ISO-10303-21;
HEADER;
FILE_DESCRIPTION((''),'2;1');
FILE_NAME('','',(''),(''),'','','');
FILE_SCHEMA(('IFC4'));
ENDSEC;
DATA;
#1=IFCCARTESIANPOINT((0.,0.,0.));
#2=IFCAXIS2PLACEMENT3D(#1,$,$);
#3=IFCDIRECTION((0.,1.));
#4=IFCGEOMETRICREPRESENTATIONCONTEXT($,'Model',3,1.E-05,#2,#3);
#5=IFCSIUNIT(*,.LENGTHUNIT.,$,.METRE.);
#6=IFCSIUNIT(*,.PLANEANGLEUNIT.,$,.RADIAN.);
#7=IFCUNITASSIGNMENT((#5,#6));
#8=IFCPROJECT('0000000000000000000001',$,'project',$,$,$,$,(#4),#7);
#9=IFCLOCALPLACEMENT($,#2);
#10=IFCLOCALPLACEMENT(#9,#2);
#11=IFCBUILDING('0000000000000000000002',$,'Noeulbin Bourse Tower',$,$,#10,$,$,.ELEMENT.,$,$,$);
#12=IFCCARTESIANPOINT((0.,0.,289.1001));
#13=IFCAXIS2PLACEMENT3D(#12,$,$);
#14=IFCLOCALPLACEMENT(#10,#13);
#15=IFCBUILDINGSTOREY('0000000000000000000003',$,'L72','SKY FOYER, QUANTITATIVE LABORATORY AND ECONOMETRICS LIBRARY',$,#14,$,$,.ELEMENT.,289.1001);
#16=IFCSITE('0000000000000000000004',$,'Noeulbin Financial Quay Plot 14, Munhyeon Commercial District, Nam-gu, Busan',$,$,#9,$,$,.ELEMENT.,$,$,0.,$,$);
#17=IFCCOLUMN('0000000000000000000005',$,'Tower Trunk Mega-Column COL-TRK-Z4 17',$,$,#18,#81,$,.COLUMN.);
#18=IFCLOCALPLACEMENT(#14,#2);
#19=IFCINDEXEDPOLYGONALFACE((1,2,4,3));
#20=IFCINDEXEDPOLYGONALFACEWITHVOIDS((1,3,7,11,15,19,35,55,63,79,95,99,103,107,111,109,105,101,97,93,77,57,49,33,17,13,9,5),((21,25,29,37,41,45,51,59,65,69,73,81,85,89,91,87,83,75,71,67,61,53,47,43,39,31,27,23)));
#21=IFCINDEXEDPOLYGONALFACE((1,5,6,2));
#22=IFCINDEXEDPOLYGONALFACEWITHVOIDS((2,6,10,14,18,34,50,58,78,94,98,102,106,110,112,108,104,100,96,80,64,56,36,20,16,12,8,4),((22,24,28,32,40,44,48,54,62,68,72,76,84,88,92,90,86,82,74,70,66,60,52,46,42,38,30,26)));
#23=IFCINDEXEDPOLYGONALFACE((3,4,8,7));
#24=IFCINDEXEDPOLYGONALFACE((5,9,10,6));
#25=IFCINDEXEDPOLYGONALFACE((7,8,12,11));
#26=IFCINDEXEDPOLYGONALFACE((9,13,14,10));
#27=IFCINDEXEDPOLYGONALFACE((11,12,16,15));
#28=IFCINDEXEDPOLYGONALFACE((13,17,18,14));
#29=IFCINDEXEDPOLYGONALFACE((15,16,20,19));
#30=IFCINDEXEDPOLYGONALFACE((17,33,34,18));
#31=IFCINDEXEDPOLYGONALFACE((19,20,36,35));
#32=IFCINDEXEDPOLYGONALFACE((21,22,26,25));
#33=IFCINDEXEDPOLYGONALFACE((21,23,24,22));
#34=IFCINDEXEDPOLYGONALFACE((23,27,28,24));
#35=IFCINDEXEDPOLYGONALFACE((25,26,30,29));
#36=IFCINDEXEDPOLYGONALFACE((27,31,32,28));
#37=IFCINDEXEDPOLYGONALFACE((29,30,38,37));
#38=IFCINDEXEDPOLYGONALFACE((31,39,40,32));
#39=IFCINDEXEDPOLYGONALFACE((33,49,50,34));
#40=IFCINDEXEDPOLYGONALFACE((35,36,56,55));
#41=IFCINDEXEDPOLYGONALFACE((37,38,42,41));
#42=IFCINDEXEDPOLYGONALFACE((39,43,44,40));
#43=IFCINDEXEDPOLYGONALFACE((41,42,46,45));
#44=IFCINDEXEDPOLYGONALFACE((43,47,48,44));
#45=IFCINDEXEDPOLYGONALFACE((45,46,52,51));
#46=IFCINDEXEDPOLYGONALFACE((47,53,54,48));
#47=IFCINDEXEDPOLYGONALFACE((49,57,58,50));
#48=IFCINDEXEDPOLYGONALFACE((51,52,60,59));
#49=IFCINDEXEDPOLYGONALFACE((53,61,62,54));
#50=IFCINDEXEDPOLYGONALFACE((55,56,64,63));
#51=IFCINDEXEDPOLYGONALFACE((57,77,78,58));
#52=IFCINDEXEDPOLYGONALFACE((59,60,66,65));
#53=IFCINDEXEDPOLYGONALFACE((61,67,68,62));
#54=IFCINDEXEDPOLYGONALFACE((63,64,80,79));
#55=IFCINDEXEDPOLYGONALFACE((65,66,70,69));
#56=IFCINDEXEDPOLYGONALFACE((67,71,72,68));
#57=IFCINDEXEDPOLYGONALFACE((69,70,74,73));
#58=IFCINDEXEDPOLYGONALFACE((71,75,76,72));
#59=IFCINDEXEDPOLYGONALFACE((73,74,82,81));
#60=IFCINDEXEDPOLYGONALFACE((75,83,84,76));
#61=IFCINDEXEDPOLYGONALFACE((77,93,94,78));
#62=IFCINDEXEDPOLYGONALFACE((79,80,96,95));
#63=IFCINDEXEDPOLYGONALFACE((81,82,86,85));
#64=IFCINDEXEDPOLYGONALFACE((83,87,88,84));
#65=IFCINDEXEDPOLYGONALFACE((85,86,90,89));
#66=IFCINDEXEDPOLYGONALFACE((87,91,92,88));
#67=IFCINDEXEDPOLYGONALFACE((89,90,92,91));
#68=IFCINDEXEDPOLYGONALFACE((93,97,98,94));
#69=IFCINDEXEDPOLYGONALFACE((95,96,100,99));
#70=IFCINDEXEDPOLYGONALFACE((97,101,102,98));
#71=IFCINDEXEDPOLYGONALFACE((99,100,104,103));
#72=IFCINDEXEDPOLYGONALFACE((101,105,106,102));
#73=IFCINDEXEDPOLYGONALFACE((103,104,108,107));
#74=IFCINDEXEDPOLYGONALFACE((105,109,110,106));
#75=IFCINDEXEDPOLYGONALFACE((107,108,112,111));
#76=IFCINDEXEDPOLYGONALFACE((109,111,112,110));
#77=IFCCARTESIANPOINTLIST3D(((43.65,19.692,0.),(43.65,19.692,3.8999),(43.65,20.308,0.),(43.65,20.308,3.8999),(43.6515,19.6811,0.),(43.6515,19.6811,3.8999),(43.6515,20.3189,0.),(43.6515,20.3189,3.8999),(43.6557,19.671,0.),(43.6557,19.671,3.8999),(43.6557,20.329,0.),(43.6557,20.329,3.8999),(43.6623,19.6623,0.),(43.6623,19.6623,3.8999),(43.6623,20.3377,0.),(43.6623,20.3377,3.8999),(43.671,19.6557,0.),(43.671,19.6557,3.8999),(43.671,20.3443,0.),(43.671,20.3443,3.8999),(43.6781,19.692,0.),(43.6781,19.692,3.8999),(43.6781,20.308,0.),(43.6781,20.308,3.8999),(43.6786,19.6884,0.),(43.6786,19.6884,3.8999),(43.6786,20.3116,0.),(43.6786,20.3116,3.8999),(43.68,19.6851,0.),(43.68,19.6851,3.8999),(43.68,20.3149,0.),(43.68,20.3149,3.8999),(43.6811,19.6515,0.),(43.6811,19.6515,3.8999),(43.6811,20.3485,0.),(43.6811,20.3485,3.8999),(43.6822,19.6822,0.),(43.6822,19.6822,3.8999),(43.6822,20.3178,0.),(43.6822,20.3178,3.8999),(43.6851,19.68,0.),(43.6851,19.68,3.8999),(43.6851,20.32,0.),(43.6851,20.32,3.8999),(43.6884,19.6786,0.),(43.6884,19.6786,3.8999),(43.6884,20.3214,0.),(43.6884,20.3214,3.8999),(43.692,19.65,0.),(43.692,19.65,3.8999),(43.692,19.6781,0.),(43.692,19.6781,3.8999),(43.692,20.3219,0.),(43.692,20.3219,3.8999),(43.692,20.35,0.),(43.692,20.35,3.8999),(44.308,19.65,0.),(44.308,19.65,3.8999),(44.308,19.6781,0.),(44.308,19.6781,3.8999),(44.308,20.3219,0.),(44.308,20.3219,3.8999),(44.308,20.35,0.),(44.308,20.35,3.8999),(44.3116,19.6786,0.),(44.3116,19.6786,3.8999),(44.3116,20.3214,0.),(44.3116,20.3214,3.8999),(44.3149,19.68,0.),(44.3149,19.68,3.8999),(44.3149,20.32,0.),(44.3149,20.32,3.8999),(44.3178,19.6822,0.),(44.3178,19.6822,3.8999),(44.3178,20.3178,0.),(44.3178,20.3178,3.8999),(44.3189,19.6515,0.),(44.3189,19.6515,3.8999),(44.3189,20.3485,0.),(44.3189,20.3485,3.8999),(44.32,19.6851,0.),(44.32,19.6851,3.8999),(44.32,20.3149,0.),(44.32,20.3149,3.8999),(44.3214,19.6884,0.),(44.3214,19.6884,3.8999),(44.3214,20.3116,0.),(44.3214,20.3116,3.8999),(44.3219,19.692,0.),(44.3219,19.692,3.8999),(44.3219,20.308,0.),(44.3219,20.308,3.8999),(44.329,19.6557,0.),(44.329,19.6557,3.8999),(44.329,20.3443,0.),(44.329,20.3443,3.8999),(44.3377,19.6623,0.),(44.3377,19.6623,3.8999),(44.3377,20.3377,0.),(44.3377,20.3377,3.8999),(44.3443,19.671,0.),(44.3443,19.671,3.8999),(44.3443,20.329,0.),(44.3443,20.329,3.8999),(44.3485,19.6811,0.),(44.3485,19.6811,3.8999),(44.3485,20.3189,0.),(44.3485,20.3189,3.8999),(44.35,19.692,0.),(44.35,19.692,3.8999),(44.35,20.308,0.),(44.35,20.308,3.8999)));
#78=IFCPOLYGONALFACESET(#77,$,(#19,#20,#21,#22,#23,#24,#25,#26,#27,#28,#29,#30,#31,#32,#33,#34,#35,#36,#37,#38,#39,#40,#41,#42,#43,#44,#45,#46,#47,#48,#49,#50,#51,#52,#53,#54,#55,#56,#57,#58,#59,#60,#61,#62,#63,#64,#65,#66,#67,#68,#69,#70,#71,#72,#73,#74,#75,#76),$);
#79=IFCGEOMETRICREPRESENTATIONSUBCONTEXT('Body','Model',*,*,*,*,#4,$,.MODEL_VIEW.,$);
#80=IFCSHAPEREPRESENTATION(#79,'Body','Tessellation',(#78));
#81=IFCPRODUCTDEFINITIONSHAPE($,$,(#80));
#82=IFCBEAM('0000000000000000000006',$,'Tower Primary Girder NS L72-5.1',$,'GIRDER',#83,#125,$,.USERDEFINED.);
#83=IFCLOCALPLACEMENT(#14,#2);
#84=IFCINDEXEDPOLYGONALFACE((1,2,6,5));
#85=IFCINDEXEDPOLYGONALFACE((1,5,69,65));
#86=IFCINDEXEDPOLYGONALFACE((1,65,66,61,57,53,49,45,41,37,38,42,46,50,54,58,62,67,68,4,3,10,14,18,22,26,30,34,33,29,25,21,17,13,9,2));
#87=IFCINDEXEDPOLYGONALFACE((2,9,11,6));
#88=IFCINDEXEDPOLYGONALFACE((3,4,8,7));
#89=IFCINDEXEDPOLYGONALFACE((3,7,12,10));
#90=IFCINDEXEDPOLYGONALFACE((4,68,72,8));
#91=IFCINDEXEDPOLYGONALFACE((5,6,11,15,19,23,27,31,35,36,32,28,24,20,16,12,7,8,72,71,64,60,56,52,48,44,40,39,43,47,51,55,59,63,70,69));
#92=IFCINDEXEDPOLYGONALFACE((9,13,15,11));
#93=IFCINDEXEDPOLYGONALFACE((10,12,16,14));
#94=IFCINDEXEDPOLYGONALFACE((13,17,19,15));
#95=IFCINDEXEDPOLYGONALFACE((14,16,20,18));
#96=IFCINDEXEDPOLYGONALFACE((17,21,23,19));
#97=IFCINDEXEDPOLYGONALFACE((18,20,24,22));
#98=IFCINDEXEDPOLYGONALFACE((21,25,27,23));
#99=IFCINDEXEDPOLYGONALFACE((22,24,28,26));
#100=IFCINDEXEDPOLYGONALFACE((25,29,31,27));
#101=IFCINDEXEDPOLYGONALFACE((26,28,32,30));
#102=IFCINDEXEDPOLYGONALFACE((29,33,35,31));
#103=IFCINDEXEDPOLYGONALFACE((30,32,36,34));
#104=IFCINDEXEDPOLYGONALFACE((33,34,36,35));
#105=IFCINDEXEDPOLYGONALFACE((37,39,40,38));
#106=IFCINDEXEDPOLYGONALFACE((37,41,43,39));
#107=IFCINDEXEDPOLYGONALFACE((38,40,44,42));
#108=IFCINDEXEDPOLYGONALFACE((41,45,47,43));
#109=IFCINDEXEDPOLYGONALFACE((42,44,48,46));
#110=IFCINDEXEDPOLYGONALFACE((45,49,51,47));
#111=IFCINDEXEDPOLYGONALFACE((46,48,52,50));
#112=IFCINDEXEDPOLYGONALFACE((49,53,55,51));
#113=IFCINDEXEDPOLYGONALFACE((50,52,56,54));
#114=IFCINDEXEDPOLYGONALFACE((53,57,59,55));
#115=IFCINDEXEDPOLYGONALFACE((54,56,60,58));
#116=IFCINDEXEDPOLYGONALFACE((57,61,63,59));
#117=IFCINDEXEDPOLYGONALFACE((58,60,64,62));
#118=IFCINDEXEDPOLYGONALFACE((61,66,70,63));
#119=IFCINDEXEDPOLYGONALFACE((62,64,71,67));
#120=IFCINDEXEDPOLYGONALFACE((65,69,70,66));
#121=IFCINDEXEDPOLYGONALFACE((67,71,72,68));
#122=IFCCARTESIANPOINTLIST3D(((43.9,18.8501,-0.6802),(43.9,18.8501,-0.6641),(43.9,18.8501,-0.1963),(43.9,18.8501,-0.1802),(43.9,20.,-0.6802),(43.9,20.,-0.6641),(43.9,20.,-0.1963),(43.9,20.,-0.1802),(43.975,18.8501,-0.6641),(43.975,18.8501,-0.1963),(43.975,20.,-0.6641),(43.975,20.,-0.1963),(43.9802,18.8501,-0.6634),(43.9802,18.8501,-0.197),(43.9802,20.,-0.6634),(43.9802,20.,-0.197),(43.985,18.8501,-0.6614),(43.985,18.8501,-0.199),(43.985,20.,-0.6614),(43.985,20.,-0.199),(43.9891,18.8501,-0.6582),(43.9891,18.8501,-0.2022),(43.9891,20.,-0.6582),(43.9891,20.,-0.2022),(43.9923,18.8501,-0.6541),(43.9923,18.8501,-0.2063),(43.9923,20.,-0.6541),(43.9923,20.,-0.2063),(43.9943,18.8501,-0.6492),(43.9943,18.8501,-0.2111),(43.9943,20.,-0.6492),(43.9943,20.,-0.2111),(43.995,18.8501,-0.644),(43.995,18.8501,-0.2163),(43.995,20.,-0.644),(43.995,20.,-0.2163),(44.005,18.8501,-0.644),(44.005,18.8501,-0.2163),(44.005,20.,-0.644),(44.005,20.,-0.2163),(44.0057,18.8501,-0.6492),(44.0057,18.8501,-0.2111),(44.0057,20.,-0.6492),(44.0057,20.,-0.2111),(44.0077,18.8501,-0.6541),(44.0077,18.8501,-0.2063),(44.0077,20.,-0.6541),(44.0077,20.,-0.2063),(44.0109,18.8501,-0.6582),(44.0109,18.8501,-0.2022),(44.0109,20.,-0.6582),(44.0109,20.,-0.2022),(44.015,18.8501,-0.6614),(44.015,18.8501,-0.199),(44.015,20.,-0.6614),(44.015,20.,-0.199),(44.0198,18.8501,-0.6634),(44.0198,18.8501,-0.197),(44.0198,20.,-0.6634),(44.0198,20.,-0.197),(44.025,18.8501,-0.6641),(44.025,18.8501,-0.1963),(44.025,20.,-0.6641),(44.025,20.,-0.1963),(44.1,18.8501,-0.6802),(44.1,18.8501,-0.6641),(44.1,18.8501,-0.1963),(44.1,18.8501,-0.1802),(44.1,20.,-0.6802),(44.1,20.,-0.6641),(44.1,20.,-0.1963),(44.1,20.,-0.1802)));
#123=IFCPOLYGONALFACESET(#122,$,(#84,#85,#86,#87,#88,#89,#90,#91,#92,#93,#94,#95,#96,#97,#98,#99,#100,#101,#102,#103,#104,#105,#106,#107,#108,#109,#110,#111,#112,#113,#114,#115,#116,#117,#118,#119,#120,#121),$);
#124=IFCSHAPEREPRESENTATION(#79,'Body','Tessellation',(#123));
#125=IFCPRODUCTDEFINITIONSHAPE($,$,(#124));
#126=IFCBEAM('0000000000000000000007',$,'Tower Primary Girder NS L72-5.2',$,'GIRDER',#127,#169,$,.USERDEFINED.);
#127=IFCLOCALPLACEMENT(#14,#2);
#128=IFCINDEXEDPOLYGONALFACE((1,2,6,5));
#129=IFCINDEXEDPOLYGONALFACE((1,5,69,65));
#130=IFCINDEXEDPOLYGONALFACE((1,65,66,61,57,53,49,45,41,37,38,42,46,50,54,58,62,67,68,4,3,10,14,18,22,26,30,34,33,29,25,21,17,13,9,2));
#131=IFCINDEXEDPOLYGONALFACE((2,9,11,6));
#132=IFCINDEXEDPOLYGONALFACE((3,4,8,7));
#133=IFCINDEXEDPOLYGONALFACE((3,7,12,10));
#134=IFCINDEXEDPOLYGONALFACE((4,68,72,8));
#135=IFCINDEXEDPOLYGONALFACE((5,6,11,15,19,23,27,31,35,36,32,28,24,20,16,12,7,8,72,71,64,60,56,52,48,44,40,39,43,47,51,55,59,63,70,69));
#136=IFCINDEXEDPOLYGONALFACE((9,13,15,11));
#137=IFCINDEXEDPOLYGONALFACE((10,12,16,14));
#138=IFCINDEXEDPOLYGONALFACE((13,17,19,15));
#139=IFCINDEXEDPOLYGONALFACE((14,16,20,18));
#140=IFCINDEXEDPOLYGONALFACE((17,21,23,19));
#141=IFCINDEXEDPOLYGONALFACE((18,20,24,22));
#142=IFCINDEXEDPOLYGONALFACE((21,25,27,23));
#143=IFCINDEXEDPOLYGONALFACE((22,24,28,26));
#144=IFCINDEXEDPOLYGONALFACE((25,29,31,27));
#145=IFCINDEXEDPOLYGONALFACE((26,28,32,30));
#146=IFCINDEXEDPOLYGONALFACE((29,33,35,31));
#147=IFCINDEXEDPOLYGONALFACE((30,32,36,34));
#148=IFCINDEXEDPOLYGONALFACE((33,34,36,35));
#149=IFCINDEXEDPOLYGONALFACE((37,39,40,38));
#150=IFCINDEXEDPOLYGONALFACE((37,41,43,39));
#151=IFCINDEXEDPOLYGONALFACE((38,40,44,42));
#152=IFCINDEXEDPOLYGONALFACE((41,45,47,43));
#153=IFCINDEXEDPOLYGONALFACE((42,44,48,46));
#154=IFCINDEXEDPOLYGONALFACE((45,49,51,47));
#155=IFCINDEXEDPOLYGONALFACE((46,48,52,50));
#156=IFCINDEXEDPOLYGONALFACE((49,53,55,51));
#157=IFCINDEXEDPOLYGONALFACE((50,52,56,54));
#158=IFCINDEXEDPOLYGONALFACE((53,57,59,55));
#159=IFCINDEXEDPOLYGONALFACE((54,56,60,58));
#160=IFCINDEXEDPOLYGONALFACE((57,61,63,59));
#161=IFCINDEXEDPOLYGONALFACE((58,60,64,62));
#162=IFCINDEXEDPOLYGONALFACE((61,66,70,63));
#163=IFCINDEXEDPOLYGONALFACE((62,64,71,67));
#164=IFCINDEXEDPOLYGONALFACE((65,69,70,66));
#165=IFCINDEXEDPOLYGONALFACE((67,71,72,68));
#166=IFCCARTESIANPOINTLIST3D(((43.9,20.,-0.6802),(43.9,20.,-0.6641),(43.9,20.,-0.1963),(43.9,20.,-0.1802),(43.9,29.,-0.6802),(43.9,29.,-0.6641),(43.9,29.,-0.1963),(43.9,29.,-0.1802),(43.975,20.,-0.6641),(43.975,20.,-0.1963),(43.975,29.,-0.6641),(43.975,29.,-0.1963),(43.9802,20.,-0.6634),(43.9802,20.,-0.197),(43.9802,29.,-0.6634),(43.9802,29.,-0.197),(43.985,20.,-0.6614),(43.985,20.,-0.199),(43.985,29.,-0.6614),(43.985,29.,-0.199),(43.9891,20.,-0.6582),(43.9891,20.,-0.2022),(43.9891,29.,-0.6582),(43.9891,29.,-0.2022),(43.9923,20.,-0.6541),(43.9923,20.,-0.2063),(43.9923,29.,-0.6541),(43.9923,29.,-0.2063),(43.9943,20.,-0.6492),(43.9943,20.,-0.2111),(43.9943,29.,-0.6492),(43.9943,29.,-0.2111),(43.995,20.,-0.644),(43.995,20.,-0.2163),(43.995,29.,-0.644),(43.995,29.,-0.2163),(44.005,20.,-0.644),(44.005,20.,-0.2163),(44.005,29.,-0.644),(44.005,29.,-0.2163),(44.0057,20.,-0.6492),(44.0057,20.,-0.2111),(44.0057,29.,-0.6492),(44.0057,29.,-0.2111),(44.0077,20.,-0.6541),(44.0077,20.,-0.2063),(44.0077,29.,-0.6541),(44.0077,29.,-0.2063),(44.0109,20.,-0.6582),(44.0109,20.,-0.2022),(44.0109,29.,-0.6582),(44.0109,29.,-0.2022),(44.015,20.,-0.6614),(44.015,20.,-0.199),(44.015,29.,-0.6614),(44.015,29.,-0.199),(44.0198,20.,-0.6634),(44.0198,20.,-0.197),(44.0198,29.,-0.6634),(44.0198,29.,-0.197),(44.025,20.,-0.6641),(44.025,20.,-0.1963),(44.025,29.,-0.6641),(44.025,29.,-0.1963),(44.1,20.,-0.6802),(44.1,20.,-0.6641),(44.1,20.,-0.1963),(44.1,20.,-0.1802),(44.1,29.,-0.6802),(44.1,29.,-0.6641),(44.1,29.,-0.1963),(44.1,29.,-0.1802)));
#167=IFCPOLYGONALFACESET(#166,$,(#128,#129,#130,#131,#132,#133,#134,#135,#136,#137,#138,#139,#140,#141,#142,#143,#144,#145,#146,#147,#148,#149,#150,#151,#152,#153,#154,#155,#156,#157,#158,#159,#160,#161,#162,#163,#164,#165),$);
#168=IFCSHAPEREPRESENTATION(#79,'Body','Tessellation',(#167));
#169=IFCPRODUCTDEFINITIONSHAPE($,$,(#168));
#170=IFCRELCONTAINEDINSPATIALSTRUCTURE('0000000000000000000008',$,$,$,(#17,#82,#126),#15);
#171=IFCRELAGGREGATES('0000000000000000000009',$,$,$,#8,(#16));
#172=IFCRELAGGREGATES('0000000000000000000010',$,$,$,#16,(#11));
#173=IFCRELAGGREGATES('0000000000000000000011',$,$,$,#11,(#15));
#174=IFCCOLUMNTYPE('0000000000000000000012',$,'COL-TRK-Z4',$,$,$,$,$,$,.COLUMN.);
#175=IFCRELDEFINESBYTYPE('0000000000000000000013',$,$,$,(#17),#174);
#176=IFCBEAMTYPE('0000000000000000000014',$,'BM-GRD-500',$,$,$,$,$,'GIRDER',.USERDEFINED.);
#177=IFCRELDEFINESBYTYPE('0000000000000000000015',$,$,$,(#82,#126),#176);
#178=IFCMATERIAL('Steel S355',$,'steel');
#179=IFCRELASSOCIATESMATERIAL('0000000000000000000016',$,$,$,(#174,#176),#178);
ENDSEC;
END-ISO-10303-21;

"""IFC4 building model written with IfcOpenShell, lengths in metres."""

from ifc_helpers import new_model, si_unit, direction, frame, origin, origin_2d, place, context, subcontext, project, spatial, hollow_rectangle, i_section, extrude, material, material_profile, profile_set, type_object, element, save


model = new_model("IFC4")

# Units and contexts
model_context = context("Model", 3, precision=1e-05, world=origin(), true_north=direction((0.0, 1.0)))
body_context = subcontext(model_context, "Body", "Model", "MODEL_VIEW")
ifc_project = project(units=[si_unit("LENGTHUNIT", "METRE"), si_unit("PLANEANGLEUNIT", "RADIAN")], contexts=[model_context])

# Site, building, storey
site_placement = place(None, origin())
site = spatial("IfcSite", under=ifc_project, at=site_placement, Name="Noeulbin Financial Quay Plot 14, Munhyeon Commercial District, Nam-gu, Busan", CompositionType="ELEMENT", RefElevation=0.0)
building_placement = place(site_placement, origin())
building = spatial("IfcBuilding", under=site, at=building_placement, Name="Noeulbin Bourse Tower", CompositionType="ELEMENT")
storey_placement = place(building_placement, frame((0.0, 0.0, 289.1001)))
storey = spatial("IfcBuildingStorey", under=building, at=storey_placement, Name="L72", Description="SKY FOYER, QUANTITATIVE LABORATORY AND ECONOMETRICS LIBRARY", CompositionType="ELEMENT", Elevation=289.1001)

# Column
ifc_material_1 = material(Name="Steel S355", Category="steel")
ifc_material_profile_1 = material_profile(ifc_material_1, hollow_rectangle(XDim=0.7, YDim=0.7, WallThickness=0.0281, InnerFilletRadius=0.0139, OuterFilletRadius=0.042, at=origin_2d()), Name="BOX-700x700x28", Category="LoadBearing")
ifc_profile_set_1 = profile_set([ifc_material_profile_1], Name="Steel S355")
column_type_1 = type_object("IfcColumnType", Name="COL-TRK-Z4", PredefinedType="COLUMN", material=ifc_profile_set_1)
for number, where, z_axis, x_axis, name in (
    (1, (44.0, 20.0, 0.0), (0.0, 0.0, 1.0), (1.0, 0.0, 0.0), "Tower Trunk Mega-Column COL-TRK-Z4 17"),
):
    element("IfcColumn", number, at=place(storey_placement, frame(where, z_axis=z_axis, x_axis=x_axis)), inside=storey, type_object=column_type_1, Name=name, PredefinedType="COLUMN", context=body_context, shape_type="SweptSolid", body=[
        extrude(hollow_rectangle(XDim=0.7, YDim=0.7, WallThickness=0.0281, InnerFilletRadius=0.0139, OuterFilletRadius=0.042, at=origin_2d()), origin(), (0.0, 0.0, 1.0), 3.8999),
    ])

# Beams
ifc_material_profile_2 = material_profile(ifc_material_1, i_section(OverallWidth=0.2, OverallDepth=0.5, WebThickness=0.01, FlangeThickness=0.0161, FilletRadius=0.02, at=origin_2d()), Name="H-500x200x10x16", Category="LoadBearing")
ifc_profile_set_2 = profile_set([ifc_material_profile_2], Name="Steel S355")
beam_type_1 = type_object("IfcBeamType", Name="BM-GRD-500", ElementType="GIRDER", PredefinedType="USERDEFINED", material=ifc_profile_set_2)
beam_1_placement = place(storey_placement, frame((44.0, 18.8501, -0.4302), z_axis=(0.0, 1.0, 0.0), x_axis=(-1.0, 0.0, 0.0)))
element("IfcBeam", 2, at=beam_1_placement, inside=storey, type_object=beam_type_1, Name="Tower Primary Girder NS L72-5.1", ObjectType="GIRDER", PredefinedType="USERDEFINED", context=body_context, shape_type="SweptSolid", body=[
    extrude(i_section(OverallWidth=0.2, OverallDepth=0.5, WebThickness=0.01, FlangeThickness=0.0161, FilletRadius=0.02, at=origin_2d()), origin(), (0.0, 0.0, 1.0), 1.1499),
])
beam_2_placement = place(storey_placement, frame((44.0, 20.0, -0.4302), z_axis=(0.0, 1.0, 0.0), x_axis=(-1.0, 0.0, 0.0)))
element("IfcBeam", 3, at=beam_2_placement, inside=storey, type_object=beam_type_1, Name="Tower Primary Girder NS L72-5.2", ObjectType="GIRDER", PredefinedType="USERDEFINED", context=body_context, shape_type="SweptSolid", body=[
    extrude(i_section(OverallWidth=0.2, OverallDepth=0.5, WebThickness=0.01, FlangeThickness=0.0161, FilletRadius=0.02, at=origin_2d()), origin(), (0.0, 0.0, 1.0), 9.0),
])

save(model, "model.ifc")
